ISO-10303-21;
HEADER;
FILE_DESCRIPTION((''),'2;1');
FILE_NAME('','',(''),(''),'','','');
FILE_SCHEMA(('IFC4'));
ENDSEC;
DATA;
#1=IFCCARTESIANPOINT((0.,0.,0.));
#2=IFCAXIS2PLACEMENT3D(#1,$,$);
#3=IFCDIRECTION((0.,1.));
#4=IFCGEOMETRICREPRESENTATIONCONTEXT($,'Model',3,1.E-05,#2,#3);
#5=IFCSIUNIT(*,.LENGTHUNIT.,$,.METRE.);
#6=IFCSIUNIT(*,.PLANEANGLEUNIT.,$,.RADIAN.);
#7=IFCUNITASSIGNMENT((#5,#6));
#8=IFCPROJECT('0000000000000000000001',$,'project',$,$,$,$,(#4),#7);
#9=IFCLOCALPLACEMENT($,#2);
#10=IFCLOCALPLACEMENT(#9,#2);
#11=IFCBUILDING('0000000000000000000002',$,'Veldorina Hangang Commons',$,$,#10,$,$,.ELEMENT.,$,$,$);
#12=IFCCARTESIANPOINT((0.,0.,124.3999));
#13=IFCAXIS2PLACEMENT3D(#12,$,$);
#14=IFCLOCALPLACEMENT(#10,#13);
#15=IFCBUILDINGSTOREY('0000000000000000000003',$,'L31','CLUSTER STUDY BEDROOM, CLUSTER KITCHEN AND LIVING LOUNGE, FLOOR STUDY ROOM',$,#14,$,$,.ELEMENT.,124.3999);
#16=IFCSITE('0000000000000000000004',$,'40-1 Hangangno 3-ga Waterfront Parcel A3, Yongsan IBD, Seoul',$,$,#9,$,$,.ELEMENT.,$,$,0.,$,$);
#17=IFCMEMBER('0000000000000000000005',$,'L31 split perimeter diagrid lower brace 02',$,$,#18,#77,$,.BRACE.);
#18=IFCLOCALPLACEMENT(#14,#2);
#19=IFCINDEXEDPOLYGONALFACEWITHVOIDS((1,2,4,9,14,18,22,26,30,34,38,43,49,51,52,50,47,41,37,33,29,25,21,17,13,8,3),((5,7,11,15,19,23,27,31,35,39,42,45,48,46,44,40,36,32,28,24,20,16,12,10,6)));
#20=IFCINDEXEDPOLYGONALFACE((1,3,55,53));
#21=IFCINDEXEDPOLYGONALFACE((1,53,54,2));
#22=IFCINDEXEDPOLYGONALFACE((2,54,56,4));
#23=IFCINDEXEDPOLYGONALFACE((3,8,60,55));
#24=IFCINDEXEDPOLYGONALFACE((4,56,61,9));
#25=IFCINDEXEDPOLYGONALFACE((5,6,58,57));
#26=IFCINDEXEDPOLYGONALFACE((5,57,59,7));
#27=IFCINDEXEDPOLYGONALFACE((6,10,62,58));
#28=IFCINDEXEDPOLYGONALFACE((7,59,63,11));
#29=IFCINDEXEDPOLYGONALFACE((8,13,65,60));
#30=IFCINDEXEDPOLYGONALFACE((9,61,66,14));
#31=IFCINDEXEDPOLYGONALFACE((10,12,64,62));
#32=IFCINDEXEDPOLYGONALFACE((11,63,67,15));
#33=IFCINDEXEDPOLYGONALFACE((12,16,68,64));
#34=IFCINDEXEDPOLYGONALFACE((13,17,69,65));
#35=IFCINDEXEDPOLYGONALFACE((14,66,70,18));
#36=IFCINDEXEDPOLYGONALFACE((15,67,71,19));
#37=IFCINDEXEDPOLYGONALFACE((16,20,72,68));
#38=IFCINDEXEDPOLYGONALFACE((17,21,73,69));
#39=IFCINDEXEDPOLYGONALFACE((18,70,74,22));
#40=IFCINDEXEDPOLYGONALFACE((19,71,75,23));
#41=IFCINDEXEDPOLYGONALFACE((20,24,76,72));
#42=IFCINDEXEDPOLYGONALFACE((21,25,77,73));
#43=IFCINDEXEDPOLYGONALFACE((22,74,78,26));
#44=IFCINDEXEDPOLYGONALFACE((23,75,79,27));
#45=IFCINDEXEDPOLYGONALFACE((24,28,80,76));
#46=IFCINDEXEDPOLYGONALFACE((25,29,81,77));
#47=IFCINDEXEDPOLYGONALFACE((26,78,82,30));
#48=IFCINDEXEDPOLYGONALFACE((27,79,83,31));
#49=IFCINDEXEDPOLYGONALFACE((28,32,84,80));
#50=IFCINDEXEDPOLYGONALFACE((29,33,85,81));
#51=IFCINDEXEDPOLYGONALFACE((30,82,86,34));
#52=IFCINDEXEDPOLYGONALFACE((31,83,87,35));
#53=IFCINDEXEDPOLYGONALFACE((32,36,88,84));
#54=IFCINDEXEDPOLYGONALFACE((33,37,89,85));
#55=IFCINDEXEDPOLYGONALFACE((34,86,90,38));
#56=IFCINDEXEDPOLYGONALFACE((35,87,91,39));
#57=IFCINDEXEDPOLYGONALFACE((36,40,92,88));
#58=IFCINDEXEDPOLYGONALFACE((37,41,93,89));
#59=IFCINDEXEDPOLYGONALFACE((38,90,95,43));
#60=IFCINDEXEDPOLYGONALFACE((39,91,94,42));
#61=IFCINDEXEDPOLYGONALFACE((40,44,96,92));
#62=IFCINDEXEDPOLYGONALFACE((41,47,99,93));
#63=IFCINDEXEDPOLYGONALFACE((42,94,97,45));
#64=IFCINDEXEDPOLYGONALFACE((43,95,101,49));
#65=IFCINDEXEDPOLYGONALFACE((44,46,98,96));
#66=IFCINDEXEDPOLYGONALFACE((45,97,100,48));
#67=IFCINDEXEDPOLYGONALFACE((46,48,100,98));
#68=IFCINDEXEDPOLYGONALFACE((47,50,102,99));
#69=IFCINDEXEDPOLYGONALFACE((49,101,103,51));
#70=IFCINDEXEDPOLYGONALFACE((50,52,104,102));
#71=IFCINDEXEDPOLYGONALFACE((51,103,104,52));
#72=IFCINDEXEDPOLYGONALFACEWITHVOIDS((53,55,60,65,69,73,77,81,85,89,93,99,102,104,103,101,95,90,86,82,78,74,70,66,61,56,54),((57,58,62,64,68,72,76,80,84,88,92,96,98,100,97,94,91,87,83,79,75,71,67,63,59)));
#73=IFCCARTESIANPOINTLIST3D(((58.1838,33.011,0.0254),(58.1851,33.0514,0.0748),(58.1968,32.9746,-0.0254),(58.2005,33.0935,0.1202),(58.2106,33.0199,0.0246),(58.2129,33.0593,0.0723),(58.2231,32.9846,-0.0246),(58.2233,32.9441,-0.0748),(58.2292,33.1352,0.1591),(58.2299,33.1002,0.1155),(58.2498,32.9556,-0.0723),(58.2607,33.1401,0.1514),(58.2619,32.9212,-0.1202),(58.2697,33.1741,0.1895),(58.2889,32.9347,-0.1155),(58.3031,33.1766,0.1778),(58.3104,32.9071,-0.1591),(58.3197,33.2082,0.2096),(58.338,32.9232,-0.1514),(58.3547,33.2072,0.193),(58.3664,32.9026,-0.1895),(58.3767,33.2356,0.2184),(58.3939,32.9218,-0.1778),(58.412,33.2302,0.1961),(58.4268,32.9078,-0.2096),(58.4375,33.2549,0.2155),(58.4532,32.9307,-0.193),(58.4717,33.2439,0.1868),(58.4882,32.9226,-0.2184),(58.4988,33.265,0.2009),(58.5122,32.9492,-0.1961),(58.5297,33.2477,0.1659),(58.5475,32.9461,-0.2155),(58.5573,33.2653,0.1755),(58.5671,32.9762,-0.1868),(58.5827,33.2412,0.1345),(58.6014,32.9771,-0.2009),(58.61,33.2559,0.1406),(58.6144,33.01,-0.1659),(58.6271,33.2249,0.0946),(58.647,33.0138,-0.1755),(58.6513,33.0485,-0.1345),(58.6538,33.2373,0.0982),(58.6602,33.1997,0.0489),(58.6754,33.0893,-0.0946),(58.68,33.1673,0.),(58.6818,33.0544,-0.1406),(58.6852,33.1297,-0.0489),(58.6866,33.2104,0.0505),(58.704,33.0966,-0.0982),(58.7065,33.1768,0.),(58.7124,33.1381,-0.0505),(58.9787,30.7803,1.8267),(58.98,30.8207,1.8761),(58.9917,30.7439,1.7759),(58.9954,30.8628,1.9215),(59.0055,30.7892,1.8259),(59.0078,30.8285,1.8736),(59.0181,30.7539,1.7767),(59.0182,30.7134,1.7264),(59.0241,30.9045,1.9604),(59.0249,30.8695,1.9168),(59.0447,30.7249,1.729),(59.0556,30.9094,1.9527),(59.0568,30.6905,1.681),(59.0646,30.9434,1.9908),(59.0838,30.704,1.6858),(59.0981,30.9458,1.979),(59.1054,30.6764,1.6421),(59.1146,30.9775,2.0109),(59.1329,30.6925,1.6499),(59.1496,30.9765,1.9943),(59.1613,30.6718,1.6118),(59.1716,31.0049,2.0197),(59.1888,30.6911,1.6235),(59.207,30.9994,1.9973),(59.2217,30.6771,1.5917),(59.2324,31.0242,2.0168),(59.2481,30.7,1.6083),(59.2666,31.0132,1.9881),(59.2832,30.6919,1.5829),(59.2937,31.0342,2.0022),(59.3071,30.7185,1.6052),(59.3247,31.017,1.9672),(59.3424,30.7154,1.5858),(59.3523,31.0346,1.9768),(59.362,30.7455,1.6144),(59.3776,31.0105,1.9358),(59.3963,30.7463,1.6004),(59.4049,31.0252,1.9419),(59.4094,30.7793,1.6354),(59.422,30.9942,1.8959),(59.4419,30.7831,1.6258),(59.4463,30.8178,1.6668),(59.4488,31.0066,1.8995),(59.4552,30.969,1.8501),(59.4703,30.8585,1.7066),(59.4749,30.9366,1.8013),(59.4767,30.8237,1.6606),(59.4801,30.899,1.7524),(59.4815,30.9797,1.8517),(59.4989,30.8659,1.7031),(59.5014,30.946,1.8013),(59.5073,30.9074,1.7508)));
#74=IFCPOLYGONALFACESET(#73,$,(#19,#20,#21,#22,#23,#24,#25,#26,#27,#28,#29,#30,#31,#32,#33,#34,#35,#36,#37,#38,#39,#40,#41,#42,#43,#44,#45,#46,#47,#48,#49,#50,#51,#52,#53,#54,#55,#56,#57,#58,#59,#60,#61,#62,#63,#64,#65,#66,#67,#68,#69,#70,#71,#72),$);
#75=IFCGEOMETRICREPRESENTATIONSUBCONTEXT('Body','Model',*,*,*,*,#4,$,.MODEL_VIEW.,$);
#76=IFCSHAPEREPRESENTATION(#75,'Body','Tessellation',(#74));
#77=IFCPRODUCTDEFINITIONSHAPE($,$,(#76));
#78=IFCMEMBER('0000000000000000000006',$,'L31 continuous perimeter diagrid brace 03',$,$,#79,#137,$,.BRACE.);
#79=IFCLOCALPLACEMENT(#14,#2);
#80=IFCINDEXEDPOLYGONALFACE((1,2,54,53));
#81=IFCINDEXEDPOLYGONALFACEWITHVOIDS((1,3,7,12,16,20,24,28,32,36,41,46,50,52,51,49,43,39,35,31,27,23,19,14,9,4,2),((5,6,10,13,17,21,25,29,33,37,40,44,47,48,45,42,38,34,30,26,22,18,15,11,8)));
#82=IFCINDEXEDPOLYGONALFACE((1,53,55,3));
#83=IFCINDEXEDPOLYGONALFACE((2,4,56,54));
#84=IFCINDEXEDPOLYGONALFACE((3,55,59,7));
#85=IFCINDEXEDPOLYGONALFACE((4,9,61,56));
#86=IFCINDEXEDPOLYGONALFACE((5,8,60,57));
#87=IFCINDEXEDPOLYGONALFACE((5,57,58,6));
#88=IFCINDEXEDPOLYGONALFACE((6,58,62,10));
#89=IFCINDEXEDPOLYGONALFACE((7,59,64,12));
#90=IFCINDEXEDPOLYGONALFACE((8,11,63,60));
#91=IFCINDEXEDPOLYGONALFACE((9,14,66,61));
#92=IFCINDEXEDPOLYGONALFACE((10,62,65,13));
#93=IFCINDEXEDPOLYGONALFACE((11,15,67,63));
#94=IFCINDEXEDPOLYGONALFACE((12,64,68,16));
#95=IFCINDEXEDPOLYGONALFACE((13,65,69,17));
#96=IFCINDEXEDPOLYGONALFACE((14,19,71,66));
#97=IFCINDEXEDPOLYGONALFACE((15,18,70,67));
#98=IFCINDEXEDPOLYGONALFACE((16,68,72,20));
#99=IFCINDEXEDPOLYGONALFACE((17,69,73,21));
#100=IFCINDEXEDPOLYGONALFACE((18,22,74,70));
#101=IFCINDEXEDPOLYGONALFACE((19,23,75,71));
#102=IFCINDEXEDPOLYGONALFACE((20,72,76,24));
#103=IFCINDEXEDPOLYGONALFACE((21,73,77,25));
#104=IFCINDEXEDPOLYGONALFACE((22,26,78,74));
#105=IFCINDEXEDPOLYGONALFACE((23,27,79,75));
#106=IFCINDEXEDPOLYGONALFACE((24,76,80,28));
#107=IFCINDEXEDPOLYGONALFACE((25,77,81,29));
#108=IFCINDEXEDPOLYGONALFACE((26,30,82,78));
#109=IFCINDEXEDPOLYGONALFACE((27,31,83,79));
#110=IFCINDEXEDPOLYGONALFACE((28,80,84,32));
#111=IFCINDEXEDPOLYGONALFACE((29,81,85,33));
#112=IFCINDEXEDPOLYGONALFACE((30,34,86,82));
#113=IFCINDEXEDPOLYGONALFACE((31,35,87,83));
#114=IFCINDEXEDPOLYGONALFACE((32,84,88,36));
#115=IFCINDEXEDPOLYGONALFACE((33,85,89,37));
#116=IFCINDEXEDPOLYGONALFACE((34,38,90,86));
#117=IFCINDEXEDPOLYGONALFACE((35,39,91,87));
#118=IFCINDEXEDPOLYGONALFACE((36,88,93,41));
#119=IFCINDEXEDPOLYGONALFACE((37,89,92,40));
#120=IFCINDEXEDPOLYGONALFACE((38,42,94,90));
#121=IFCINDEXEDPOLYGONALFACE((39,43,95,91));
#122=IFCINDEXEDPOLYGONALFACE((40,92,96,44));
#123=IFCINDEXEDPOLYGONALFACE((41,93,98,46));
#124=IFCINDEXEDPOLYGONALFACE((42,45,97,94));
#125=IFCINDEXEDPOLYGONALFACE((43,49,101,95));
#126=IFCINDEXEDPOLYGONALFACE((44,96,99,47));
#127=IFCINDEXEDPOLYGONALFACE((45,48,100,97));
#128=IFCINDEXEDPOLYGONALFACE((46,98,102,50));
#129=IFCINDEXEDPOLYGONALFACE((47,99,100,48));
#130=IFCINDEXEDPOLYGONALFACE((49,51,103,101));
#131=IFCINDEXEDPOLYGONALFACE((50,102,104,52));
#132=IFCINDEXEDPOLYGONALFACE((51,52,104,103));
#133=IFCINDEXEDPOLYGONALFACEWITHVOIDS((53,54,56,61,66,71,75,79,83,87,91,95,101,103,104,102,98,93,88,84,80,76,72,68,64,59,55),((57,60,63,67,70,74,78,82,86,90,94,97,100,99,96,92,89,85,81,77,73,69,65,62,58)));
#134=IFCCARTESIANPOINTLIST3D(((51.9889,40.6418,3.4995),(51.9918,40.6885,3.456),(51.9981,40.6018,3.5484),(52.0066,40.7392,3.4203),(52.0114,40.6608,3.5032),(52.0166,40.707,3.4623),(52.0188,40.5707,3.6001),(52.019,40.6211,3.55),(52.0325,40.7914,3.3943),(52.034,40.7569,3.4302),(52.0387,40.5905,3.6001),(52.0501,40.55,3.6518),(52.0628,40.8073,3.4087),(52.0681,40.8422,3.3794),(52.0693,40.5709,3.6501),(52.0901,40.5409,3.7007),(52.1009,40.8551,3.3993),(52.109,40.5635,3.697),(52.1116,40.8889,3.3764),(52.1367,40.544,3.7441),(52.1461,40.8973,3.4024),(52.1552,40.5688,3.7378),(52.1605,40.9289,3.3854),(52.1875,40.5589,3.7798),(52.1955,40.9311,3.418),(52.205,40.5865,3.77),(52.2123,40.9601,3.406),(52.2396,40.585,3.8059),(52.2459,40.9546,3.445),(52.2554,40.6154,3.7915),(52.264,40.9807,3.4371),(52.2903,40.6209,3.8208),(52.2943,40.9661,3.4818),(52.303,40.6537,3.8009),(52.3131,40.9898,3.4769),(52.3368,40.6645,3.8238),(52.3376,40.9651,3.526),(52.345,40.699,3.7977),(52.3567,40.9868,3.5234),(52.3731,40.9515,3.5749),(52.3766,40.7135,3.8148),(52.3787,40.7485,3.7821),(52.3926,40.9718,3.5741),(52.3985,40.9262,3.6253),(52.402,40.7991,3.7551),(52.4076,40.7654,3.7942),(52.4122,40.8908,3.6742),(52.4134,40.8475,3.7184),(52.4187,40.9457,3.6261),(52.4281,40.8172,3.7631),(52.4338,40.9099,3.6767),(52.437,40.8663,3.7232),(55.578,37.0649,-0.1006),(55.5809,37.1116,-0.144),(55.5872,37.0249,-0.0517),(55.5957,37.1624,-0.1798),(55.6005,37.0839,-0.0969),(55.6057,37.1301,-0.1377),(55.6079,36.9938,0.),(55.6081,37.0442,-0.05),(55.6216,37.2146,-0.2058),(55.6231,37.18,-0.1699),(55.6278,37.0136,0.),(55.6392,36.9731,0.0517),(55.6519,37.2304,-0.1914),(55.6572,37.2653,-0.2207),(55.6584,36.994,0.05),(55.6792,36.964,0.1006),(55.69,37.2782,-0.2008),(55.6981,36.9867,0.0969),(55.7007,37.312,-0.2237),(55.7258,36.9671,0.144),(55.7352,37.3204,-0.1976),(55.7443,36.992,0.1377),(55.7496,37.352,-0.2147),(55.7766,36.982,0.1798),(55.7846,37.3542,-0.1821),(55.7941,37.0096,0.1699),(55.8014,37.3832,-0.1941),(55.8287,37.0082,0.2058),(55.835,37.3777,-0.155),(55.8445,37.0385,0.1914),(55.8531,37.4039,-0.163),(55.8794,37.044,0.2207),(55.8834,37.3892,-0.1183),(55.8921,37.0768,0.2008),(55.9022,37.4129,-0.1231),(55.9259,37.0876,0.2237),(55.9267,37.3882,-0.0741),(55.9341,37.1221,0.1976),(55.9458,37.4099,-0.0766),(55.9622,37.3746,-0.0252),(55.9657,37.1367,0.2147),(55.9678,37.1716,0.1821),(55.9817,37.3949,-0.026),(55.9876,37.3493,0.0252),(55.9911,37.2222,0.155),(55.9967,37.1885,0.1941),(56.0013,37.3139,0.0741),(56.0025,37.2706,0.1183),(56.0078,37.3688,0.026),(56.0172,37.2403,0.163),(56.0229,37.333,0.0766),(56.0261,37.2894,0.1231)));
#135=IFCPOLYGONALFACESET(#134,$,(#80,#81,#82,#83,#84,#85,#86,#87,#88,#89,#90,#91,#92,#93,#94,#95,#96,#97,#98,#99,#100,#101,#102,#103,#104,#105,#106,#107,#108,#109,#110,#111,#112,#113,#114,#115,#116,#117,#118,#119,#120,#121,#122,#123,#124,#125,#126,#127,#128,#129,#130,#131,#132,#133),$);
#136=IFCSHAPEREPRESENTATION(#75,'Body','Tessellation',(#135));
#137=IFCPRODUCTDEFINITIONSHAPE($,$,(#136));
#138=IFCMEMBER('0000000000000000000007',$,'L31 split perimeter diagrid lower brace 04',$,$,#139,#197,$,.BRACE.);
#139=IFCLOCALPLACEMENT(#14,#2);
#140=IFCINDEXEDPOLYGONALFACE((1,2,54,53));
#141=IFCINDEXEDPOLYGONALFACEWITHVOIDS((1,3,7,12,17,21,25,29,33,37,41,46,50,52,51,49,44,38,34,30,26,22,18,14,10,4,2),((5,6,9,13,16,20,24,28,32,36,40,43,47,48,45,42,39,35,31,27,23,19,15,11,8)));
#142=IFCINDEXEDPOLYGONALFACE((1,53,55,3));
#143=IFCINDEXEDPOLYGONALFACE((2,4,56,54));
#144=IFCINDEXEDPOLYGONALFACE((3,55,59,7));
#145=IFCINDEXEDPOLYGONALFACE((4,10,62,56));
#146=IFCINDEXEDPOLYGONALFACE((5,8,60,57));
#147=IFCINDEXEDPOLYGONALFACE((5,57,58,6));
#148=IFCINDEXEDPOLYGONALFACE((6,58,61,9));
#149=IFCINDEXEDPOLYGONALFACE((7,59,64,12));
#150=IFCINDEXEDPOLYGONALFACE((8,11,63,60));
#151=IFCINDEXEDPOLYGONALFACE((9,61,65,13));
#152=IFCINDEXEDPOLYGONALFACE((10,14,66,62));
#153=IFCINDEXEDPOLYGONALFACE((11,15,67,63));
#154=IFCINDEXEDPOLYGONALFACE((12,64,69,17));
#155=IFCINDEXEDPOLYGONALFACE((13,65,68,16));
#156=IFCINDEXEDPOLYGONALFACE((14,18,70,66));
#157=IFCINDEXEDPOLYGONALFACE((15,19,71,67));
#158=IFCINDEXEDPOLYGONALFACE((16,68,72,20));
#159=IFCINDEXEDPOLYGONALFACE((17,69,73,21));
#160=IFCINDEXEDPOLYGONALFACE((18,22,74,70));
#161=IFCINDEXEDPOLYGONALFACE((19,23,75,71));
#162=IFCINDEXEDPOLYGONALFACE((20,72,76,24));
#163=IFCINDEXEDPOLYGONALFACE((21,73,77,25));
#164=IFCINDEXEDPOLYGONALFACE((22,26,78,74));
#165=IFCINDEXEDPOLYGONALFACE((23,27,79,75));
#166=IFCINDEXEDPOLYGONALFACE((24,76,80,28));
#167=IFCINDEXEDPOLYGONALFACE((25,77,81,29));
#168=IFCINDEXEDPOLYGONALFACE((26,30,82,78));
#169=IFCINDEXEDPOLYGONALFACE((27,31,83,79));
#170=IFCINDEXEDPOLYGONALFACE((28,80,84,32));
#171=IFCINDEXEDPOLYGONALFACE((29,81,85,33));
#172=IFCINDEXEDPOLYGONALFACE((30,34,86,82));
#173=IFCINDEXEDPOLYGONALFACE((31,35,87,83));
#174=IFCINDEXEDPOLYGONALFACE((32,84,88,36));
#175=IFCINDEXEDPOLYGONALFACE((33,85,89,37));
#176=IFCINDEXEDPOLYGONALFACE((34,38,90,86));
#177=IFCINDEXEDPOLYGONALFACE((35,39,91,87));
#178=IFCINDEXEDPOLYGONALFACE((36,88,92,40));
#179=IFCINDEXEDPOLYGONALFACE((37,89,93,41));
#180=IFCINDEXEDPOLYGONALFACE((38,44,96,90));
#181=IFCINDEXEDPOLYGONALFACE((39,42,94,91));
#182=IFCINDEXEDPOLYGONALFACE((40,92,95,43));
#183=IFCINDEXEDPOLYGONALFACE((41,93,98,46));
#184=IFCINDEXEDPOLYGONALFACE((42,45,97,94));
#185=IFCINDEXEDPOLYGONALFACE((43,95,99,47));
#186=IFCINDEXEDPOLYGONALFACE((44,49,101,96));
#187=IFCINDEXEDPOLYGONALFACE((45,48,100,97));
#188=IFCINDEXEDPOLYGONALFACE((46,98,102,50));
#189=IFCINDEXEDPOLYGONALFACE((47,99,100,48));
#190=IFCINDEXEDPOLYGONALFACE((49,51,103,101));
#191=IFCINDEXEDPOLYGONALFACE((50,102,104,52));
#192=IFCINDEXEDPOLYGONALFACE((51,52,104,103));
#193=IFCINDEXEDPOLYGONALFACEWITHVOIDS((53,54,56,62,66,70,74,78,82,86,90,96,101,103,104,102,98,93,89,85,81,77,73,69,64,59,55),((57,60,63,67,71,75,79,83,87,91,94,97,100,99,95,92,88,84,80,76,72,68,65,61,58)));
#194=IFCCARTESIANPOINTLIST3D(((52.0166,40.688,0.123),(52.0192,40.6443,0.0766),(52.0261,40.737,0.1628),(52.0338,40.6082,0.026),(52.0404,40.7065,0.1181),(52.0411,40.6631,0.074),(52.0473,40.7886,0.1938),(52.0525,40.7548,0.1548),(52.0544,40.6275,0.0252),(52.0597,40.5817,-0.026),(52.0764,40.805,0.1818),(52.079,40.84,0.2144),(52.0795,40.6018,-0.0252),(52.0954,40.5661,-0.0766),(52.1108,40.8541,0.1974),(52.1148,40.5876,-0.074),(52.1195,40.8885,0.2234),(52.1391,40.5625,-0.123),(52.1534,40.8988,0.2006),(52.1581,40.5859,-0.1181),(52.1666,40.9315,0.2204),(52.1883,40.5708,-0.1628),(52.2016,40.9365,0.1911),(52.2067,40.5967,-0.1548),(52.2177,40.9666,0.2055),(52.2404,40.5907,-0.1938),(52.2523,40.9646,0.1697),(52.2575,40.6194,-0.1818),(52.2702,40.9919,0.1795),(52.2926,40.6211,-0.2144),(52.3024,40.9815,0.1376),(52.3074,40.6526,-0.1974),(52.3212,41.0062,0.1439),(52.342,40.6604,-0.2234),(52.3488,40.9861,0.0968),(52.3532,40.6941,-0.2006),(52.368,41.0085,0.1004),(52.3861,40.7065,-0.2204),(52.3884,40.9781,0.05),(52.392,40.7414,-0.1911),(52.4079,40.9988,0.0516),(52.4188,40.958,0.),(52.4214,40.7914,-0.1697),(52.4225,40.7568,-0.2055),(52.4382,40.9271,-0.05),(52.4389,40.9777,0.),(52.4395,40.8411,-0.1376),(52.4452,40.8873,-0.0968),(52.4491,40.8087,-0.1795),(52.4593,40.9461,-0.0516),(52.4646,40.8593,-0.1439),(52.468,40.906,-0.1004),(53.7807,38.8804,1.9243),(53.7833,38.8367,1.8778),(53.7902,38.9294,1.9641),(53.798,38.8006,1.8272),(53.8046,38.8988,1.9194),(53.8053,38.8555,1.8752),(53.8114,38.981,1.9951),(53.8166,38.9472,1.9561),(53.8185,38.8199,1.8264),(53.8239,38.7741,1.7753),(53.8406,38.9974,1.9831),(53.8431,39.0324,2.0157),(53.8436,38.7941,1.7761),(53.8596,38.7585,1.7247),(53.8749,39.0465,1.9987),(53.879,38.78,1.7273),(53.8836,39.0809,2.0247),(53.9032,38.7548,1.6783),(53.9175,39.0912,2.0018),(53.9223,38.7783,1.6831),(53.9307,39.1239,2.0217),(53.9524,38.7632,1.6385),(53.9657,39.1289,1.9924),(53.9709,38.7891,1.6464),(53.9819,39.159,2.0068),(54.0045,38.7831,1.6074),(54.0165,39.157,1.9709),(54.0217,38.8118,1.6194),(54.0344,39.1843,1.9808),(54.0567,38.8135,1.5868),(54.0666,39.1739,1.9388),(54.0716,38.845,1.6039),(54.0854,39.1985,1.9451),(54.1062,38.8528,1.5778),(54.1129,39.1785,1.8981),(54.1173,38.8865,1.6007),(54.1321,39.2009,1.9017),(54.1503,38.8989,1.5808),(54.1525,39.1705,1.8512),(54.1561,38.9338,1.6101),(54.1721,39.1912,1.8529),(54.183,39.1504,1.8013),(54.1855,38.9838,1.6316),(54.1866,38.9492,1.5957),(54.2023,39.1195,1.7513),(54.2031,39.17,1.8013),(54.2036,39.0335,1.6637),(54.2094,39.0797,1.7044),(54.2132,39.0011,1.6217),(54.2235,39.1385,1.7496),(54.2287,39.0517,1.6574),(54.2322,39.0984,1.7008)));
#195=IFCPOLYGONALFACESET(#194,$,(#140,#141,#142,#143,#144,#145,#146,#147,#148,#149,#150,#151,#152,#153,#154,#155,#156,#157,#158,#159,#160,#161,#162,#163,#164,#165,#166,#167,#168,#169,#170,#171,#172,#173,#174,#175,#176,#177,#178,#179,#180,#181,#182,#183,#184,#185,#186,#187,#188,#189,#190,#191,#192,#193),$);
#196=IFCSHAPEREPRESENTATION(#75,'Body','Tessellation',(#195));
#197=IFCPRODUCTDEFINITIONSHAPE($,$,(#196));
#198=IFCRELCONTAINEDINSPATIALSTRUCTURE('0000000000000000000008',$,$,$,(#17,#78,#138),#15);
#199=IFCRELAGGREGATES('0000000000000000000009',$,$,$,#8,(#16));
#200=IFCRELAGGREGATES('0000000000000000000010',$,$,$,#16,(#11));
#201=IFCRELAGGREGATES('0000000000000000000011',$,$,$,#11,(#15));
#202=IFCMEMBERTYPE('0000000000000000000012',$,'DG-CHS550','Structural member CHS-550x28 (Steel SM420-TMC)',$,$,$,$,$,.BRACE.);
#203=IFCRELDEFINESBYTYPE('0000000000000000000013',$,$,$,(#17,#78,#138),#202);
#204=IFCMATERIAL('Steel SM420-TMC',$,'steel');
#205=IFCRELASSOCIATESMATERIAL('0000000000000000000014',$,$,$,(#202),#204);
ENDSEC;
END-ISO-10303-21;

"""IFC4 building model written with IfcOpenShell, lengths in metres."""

from ifc_helpers import new_model, si_unit, direction, frame, origin, origin_2d, place, context, subcontext, project, spatial, hollow_circle, extrude, material, material_profile, profile_set, type_object, element, save


model = new_model("IFC4")

# Units and contexts
model_context = context("Model", 3, precision=1e-05, world=origin(), true_north=direction((0.0, 1.0)))
body_context = subcontext(model_context, "Body", "Model", "MODEL_VIEW")
ifc_project = project(units=[si_unit("LENGTHUNIT", "METRE"), si_unit("PLANEANGLEUNIT", "RADIAN")], contexts=[model_context])

# Site, building, storey
site_placement = place(None, origin())
site = spatial("IfcSite", under=ifc_project, at=site_placement, Name="40-1 Hangangno 3-ga Waterfront Parcel A3, Yongsan IBD, Seoul", CompositionType="ELEMENT", RefElevation=0.0)
building_placement = place(site_placement, origin())
building = spatial("IfcBuilding", under=site, at=building_placement, Name="Veldorina Hangang Commons", CompositionType="ELEMENT")
storey_placement = place(building_placement, frame((0.0, 0.0, 124.3999)))
storey = spatial("IfcBuildingStorey", under=building, at=storey_placement, Name="L31", Description="CLUSTER STUDY BEDROOM, CLUSTER KITCHEN AND LIVING LOUNGE, FLOOR STUDY ROOM", CompositionType="ELEMENT", Elevation=124.3999)

# Shared definitions
ifc_material_1 = material(Name="Steel SM420-TMC", Category="steel")

# Members
ifc_material_profile_1 = material_profile(ifc_material_1, hollow_circle(Radius=0.2749, WallThickness=0.0281, at=origin_2d()), Name="CHS-550x28")
ifc_profile_set_1 = profile_set([ifc_material_profile_1], Name="Steel SM420-TMC")
member_type = type_object("IfcMemberType", Name="DG-CHS550", Description="Structural member CHS-550x28 (Steel SM420-TMC)", PredefinedType="BRACE", material=ifc_profile_set_1)
member_1_placement = place(storey_placement, frame((58.4475, 33.0845, 0.0), z_axis=(0.267172, -0.749738, 0.605403), x_axis=(0.941977, 0.335677, 0.0)))
element("IfcMember", 1, at=member_1_placement, inside=storey, type_object=member_type, Name="L31 split perimeter diagrid lower brace 02", PredefinedType="BRACE", context=body_context, shape_type="SweptSolid", body=[
    extrude(hollow_circle(Radius=0.2749, WallThickness=0.0281, at=origin_2d()), origin(), (0.0, 0.0, 1.0), 2.9753),
])
member_2_placement = place(storey_placement, frame((55.802, 37.1885, 0.0), z_axis=(-0.577414, 0.57545, 0.579181), x_axis=(-0.705901, -0.70831, 0.0)))
element("IfcMember", 2, at=member_2_placement, inside=storey, type_object=member_type, Name="L31 continuous perimeter diagrid brace 03", PredefinedType="BRACE", context=body_context, shape_type="SweptSolid", body=[
    extrude(hollow_circle(Radius=0.2749, WallThickness=0.0281, at=origin_2d()), origin(), (0.0, 0.0, 1.0), 6.2158),
])
member_3_placement = place(storey_placement, frame((52.2422, 40.7856, 0.0), z_axis=(0.568661, -0.582669, 0.580622), x_axis=(0.715657, 0.698452, 0.0)))
element("IfcMember", 3, at=member_3_placement, inside=storey, type_object=member_type, Name="L31 split perimeter diagrid lower brace 04", PredefinedType="BRACE", context=body_context, shape_type="SweptSolid", body=[
    extrude(hollow_circle(Radius=0.2749, WallThickness=0.0281, at=origin_2d()), origin(), (0.0, 0.0, 1.0), 3.1023),
])

save(model, "model.ifc")
